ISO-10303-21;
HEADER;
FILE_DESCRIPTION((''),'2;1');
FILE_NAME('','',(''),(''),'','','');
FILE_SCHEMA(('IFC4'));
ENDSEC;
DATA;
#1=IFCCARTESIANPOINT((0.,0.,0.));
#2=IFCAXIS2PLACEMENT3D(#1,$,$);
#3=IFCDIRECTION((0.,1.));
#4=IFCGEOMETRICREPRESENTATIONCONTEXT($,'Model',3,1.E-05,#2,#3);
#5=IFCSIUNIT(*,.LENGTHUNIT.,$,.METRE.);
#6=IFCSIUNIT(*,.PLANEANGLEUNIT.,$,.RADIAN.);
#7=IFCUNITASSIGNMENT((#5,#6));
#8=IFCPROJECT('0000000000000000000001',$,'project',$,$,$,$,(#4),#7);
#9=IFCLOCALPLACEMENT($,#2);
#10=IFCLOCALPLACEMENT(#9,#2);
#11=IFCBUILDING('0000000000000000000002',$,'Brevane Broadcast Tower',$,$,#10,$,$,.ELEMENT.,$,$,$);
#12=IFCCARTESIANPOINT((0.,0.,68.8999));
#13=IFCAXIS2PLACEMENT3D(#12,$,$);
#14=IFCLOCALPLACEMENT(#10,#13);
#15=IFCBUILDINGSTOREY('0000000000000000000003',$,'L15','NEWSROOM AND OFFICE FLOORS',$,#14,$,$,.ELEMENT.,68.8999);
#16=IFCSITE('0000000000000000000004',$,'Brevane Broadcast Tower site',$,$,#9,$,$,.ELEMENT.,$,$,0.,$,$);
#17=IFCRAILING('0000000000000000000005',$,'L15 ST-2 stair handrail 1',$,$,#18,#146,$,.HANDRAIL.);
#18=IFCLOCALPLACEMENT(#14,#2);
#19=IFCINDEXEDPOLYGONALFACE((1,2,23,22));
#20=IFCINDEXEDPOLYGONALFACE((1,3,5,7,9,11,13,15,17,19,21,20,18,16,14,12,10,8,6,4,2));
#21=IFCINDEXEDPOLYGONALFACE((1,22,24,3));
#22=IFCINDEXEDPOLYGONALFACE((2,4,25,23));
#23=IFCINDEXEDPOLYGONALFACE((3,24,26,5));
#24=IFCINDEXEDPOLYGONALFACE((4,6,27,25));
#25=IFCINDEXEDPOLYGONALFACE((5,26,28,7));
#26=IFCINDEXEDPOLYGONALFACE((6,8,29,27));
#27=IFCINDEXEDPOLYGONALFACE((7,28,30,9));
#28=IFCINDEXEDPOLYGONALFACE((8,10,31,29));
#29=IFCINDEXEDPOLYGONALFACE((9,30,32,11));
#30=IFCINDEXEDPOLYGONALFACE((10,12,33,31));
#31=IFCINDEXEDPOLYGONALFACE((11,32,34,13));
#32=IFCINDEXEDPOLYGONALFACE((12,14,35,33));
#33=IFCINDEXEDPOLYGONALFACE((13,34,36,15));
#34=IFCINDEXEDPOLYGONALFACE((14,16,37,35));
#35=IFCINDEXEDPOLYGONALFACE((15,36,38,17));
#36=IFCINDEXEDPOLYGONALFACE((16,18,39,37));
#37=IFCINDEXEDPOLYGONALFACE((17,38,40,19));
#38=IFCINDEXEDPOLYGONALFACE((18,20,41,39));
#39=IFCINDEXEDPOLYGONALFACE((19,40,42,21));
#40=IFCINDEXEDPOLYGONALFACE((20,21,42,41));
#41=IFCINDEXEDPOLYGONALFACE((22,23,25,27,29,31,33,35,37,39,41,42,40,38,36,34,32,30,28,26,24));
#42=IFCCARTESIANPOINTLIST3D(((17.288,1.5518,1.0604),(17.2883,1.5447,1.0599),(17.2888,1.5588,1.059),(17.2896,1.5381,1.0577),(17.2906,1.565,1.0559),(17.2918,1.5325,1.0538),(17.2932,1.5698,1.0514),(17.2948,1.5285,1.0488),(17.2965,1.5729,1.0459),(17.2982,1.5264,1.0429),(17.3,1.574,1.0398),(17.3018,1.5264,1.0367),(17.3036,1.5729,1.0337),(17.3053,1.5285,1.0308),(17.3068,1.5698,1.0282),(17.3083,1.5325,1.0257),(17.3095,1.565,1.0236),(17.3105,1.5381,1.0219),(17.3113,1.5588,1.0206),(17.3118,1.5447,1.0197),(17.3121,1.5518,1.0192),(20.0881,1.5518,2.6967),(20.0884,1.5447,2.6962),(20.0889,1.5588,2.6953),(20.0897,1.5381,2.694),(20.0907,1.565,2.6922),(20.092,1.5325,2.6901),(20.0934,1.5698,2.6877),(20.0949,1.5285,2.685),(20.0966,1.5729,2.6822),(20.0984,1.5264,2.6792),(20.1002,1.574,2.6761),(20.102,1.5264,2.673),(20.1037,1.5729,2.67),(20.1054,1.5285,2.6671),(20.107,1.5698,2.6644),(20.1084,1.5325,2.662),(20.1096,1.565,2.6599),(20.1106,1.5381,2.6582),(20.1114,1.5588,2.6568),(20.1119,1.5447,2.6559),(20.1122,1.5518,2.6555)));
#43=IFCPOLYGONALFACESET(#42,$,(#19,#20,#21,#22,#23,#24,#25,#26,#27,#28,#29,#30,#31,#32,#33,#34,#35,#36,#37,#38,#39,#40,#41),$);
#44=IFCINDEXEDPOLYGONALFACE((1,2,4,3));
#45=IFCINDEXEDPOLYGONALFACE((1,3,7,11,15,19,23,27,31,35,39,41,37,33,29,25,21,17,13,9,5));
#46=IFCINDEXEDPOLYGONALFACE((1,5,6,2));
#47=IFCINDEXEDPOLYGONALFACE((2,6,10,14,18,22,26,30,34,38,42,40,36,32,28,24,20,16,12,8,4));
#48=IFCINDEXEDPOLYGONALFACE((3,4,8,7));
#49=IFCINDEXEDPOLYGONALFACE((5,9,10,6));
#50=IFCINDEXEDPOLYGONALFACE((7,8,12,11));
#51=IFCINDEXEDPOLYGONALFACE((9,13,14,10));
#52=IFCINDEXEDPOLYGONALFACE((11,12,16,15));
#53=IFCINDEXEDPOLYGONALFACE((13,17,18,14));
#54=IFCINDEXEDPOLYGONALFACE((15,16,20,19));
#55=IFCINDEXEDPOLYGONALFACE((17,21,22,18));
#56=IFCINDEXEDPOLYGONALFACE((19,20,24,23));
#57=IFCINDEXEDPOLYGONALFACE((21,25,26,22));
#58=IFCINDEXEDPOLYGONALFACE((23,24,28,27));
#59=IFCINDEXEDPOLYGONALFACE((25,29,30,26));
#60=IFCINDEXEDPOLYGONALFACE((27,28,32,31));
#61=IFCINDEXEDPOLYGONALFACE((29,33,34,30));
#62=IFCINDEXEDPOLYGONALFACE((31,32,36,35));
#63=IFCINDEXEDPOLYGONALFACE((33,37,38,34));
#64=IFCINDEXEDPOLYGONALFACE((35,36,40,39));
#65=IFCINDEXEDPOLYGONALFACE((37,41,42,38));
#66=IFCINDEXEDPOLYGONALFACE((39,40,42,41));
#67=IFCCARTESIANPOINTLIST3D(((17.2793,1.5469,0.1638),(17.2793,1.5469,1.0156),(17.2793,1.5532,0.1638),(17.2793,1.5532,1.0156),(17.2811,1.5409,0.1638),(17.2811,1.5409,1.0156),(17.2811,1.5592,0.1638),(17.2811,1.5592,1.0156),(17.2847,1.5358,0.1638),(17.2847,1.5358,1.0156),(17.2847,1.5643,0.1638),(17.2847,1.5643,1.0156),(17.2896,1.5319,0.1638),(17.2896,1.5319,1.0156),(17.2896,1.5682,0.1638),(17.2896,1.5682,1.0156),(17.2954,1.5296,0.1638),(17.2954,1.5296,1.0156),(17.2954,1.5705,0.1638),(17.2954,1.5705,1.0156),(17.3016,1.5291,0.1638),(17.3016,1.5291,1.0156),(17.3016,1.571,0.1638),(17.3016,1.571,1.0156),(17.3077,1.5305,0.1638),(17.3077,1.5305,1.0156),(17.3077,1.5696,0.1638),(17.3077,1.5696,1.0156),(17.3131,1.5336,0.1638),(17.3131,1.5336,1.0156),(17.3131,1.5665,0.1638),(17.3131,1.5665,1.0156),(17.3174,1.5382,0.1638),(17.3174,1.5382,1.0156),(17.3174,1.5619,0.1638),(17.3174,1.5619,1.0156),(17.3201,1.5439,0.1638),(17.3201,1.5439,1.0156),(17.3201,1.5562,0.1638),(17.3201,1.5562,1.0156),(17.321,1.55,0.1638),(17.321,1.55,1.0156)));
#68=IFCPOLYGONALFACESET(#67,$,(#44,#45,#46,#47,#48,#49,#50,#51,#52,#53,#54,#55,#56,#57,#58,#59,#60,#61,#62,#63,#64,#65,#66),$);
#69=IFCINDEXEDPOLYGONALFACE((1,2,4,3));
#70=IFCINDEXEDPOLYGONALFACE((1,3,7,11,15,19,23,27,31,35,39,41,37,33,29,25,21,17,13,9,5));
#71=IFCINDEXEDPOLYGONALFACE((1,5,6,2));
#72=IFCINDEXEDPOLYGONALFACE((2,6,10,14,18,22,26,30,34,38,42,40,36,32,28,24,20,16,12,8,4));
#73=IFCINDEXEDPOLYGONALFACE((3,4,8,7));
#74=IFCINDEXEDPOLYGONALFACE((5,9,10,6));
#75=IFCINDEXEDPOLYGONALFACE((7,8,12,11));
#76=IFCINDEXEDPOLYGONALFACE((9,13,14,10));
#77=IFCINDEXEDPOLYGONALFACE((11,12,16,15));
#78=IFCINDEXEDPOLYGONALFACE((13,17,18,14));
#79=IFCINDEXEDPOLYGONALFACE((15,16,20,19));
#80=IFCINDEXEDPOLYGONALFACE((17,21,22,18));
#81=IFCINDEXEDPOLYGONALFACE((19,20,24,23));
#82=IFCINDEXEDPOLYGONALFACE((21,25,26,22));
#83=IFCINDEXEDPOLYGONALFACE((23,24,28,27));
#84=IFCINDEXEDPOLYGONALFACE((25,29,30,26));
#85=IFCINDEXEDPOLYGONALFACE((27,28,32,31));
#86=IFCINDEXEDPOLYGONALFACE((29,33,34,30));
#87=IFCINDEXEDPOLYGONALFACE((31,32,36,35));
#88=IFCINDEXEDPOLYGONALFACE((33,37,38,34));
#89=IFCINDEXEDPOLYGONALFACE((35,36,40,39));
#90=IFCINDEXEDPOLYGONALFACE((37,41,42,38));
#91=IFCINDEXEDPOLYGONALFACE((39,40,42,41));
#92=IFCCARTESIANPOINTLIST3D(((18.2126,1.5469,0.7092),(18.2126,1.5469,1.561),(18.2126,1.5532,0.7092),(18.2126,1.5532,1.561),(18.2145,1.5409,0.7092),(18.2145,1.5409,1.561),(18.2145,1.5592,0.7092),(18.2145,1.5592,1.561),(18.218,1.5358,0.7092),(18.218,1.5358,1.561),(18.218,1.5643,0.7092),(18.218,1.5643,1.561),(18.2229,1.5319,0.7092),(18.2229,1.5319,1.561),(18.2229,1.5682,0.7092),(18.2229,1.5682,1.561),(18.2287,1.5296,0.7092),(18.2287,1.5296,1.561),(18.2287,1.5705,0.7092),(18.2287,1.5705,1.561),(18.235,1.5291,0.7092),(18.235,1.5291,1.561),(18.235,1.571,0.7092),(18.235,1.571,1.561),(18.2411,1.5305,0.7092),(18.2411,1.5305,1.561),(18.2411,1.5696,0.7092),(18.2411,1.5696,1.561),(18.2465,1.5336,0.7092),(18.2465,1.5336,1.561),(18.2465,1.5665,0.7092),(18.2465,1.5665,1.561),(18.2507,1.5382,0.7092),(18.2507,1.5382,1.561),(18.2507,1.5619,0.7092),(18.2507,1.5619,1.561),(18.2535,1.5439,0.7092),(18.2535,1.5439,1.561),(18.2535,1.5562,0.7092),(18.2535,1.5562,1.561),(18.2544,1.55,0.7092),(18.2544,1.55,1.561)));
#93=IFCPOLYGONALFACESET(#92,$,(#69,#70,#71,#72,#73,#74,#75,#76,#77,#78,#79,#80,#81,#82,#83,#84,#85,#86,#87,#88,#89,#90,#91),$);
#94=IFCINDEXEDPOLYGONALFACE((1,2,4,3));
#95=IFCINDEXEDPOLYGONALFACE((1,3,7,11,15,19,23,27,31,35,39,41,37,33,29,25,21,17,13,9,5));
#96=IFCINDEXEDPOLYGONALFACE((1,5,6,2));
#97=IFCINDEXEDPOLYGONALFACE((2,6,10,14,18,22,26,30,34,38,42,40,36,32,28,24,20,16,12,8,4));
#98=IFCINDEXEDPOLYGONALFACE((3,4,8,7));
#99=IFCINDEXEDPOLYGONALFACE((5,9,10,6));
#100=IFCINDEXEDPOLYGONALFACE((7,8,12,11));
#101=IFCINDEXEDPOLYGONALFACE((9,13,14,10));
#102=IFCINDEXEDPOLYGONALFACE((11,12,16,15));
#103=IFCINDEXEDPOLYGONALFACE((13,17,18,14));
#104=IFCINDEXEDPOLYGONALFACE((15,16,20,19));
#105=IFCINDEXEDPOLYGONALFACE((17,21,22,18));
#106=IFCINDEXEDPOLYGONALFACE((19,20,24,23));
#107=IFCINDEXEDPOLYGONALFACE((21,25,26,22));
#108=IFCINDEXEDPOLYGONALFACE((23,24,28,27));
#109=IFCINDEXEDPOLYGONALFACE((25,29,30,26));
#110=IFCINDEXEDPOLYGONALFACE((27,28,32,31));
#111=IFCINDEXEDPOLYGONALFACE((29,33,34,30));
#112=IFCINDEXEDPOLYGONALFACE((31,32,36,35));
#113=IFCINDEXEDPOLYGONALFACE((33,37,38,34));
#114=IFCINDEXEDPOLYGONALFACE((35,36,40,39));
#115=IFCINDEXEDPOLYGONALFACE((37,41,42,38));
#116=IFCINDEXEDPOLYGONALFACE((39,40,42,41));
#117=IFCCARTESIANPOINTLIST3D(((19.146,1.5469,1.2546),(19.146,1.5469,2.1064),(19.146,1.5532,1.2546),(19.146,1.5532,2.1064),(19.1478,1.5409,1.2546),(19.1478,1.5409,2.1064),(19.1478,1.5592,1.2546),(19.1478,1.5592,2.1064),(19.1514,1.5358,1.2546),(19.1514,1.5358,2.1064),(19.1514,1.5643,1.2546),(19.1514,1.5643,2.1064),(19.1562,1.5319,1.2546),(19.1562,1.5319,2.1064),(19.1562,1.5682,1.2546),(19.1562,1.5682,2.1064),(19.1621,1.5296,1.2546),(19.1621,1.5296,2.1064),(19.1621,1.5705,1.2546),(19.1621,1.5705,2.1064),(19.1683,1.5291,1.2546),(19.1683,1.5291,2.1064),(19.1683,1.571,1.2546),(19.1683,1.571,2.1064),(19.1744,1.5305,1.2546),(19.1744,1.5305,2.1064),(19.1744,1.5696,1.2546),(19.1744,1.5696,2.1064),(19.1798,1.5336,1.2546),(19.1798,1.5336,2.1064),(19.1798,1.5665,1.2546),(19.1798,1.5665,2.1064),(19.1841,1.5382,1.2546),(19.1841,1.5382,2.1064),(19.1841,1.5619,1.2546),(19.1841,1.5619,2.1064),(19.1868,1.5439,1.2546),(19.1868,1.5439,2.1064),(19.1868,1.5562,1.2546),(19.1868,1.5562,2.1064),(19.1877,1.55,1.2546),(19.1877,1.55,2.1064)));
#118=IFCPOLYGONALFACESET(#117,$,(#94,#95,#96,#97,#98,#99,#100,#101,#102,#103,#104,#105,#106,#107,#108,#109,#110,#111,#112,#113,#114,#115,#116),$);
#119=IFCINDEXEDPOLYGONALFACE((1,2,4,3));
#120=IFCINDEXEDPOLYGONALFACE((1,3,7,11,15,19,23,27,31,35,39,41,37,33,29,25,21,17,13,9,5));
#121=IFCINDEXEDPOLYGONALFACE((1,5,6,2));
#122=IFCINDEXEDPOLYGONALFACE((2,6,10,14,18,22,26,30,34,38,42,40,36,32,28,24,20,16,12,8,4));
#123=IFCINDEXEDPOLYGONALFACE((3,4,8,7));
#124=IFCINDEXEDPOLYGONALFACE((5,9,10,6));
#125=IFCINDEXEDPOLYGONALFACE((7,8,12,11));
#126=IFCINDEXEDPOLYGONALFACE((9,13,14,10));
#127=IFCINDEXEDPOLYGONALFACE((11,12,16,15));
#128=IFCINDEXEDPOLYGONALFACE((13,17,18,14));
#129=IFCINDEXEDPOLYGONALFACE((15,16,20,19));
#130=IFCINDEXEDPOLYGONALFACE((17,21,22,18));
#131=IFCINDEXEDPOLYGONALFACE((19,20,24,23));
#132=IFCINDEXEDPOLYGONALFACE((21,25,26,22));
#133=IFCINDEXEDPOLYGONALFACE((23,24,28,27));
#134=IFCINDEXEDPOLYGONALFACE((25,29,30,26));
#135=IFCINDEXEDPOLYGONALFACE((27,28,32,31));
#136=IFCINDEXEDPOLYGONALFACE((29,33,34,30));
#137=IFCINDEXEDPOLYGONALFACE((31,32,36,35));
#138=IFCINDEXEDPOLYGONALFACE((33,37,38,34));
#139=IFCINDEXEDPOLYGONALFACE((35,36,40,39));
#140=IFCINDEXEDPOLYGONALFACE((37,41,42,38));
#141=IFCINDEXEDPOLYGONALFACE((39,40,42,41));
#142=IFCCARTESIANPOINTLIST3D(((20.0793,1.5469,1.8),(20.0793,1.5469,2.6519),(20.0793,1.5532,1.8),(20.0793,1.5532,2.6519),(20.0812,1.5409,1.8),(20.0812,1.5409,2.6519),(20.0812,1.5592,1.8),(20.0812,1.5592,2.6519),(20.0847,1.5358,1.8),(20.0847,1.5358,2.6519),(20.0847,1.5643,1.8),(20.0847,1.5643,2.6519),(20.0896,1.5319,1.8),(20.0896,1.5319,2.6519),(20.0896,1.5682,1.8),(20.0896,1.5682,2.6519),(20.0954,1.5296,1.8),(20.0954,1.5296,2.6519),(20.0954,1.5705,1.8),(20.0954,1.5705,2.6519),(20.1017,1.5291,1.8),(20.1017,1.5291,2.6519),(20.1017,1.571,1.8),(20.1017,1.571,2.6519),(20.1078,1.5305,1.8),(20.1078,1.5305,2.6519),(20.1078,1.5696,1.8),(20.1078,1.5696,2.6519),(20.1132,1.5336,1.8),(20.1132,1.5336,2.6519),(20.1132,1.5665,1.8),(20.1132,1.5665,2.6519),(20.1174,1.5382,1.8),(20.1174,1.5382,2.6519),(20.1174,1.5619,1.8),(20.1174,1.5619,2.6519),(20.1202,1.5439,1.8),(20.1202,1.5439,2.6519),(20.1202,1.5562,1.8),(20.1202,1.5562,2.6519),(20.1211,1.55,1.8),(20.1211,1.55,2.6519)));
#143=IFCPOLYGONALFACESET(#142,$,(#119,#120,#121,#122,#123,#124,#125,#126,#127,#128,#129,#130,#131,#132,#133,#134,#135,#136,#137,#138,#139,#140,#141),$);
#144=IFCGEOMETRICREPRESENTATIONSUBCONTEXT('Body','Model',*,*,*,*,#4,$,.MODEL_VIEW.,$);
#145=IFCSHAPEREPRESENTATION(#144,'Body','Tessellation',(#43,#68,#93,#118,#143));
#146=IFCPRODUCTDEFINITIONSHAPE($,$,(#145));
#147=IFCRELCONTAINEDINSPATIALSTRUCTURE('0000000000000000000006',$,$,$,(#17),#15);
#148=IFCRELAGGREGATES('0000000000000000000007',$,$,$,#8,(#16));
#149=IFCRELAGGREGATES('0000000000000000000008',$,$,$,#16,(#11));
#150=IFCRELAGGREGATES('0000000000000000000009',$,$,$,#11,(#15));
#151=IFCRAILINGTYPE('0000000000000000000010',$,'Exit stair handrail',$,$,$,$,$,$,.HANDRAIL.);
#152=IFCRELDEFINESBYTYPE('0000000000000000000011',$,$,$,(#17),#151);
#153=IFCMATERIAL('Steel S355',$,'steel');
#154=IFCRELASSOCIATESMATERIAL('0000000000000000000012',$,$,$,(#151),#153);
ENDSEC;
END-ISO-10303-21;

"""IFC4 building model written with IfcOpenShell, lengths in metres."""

from ifc_helpers import new_model, si_unit, direction, frame, origin, origin_2d, place, context, subcontext, project, spatial, circle, extrude, material, type_object, element, save


model = new_model("IFC4")

# Units and contexts
model_context = context("Model", 3, precision=1e-05, world=origin(), true_north=direction((0.0, 1.0)))
body_context = subcontext(model_context, "Body", "Model", "MODEL_VIEW")
ifc_project = project(units=[si_unit("LENGTHUNIT", "METRE"), si_unit("PLANEANGLEUNIT", "RADIAN")], contexts=[model_context])

# Site, building, storey
site_placement = place(None, origin())
site = spatial("IfcSite", under=ifc_project, at=site_placement, Name="Brevane Broadcast Tower site", CompositionType="ELEMENT", RefElevation=0.0)
building_placement = place(site_placement, origin())
building = spatial("IfcBuilding", under=site, at=building_placement, Name="Brevane Broadcast Tower", CompositionType="ELEMENT")
storey_placement = place(building_placement, frame((0.0, 0.0, 68.8999)))
storey = spatial("IfcBuildingStorey", under=building, at=storey_placement, Name="L15", Description="NEWSROOM AND OFFICE FLOORS", CompositionType="ELEMENT", Elevation=68.8999)

# Railing
ifc_material_1 = material(Name="Steel S355", Category="steel")
railing_type_1 = type_object("IfcRailingType", Name="Exit stair handrail", PredefinedType="HANDRAIL", material=ifc_material_1)
railing_1_placement = place(storey_placement, frame((17.3, 1.55, 0.1638)))
element("IfcRailing", 1, at=railing_1_placement, inside=storey, type_object=railing_type_1, Name="L15 ST-2 stair handrail 1", PredefinedType="HANDRAIL", context=body_context, shape_type="SweptSolid", body=[
    extrude(circle(Radius=0.0239, at=origin_2d()), frame((0.0, 0.0, 0.876), z_axis=(0.863394, 0.0, 0.504531), x_axis=(0.0, 1.0, 0.0)), (0.0, 0.0, 1.0), 3.2432),
    extrude(circle(Radius=0.021, at=origin_2d()), origin(), (0.0, 0.0, 1.0), 0.8518),
    extrude(circle(Radius=0.021, at=origin_2d()), frame((0.9333, 0.0, 0.5454)), (0.0, 0.0, 1.0), 0.8518),
    extrude(circle(Radius=0.021, at=origin_2d()), frame((1.8667, 0.0, 1.0908)), (0.0, 0.0, 1.0), 0.8518),
    extrude(circle(Radius=0.021, at=origin_2d()), frame((2.8, 0.0, 1.6362)), (0.0, 0.0, 1.0), 0.8518),
])

save(model, "model.ifc")
